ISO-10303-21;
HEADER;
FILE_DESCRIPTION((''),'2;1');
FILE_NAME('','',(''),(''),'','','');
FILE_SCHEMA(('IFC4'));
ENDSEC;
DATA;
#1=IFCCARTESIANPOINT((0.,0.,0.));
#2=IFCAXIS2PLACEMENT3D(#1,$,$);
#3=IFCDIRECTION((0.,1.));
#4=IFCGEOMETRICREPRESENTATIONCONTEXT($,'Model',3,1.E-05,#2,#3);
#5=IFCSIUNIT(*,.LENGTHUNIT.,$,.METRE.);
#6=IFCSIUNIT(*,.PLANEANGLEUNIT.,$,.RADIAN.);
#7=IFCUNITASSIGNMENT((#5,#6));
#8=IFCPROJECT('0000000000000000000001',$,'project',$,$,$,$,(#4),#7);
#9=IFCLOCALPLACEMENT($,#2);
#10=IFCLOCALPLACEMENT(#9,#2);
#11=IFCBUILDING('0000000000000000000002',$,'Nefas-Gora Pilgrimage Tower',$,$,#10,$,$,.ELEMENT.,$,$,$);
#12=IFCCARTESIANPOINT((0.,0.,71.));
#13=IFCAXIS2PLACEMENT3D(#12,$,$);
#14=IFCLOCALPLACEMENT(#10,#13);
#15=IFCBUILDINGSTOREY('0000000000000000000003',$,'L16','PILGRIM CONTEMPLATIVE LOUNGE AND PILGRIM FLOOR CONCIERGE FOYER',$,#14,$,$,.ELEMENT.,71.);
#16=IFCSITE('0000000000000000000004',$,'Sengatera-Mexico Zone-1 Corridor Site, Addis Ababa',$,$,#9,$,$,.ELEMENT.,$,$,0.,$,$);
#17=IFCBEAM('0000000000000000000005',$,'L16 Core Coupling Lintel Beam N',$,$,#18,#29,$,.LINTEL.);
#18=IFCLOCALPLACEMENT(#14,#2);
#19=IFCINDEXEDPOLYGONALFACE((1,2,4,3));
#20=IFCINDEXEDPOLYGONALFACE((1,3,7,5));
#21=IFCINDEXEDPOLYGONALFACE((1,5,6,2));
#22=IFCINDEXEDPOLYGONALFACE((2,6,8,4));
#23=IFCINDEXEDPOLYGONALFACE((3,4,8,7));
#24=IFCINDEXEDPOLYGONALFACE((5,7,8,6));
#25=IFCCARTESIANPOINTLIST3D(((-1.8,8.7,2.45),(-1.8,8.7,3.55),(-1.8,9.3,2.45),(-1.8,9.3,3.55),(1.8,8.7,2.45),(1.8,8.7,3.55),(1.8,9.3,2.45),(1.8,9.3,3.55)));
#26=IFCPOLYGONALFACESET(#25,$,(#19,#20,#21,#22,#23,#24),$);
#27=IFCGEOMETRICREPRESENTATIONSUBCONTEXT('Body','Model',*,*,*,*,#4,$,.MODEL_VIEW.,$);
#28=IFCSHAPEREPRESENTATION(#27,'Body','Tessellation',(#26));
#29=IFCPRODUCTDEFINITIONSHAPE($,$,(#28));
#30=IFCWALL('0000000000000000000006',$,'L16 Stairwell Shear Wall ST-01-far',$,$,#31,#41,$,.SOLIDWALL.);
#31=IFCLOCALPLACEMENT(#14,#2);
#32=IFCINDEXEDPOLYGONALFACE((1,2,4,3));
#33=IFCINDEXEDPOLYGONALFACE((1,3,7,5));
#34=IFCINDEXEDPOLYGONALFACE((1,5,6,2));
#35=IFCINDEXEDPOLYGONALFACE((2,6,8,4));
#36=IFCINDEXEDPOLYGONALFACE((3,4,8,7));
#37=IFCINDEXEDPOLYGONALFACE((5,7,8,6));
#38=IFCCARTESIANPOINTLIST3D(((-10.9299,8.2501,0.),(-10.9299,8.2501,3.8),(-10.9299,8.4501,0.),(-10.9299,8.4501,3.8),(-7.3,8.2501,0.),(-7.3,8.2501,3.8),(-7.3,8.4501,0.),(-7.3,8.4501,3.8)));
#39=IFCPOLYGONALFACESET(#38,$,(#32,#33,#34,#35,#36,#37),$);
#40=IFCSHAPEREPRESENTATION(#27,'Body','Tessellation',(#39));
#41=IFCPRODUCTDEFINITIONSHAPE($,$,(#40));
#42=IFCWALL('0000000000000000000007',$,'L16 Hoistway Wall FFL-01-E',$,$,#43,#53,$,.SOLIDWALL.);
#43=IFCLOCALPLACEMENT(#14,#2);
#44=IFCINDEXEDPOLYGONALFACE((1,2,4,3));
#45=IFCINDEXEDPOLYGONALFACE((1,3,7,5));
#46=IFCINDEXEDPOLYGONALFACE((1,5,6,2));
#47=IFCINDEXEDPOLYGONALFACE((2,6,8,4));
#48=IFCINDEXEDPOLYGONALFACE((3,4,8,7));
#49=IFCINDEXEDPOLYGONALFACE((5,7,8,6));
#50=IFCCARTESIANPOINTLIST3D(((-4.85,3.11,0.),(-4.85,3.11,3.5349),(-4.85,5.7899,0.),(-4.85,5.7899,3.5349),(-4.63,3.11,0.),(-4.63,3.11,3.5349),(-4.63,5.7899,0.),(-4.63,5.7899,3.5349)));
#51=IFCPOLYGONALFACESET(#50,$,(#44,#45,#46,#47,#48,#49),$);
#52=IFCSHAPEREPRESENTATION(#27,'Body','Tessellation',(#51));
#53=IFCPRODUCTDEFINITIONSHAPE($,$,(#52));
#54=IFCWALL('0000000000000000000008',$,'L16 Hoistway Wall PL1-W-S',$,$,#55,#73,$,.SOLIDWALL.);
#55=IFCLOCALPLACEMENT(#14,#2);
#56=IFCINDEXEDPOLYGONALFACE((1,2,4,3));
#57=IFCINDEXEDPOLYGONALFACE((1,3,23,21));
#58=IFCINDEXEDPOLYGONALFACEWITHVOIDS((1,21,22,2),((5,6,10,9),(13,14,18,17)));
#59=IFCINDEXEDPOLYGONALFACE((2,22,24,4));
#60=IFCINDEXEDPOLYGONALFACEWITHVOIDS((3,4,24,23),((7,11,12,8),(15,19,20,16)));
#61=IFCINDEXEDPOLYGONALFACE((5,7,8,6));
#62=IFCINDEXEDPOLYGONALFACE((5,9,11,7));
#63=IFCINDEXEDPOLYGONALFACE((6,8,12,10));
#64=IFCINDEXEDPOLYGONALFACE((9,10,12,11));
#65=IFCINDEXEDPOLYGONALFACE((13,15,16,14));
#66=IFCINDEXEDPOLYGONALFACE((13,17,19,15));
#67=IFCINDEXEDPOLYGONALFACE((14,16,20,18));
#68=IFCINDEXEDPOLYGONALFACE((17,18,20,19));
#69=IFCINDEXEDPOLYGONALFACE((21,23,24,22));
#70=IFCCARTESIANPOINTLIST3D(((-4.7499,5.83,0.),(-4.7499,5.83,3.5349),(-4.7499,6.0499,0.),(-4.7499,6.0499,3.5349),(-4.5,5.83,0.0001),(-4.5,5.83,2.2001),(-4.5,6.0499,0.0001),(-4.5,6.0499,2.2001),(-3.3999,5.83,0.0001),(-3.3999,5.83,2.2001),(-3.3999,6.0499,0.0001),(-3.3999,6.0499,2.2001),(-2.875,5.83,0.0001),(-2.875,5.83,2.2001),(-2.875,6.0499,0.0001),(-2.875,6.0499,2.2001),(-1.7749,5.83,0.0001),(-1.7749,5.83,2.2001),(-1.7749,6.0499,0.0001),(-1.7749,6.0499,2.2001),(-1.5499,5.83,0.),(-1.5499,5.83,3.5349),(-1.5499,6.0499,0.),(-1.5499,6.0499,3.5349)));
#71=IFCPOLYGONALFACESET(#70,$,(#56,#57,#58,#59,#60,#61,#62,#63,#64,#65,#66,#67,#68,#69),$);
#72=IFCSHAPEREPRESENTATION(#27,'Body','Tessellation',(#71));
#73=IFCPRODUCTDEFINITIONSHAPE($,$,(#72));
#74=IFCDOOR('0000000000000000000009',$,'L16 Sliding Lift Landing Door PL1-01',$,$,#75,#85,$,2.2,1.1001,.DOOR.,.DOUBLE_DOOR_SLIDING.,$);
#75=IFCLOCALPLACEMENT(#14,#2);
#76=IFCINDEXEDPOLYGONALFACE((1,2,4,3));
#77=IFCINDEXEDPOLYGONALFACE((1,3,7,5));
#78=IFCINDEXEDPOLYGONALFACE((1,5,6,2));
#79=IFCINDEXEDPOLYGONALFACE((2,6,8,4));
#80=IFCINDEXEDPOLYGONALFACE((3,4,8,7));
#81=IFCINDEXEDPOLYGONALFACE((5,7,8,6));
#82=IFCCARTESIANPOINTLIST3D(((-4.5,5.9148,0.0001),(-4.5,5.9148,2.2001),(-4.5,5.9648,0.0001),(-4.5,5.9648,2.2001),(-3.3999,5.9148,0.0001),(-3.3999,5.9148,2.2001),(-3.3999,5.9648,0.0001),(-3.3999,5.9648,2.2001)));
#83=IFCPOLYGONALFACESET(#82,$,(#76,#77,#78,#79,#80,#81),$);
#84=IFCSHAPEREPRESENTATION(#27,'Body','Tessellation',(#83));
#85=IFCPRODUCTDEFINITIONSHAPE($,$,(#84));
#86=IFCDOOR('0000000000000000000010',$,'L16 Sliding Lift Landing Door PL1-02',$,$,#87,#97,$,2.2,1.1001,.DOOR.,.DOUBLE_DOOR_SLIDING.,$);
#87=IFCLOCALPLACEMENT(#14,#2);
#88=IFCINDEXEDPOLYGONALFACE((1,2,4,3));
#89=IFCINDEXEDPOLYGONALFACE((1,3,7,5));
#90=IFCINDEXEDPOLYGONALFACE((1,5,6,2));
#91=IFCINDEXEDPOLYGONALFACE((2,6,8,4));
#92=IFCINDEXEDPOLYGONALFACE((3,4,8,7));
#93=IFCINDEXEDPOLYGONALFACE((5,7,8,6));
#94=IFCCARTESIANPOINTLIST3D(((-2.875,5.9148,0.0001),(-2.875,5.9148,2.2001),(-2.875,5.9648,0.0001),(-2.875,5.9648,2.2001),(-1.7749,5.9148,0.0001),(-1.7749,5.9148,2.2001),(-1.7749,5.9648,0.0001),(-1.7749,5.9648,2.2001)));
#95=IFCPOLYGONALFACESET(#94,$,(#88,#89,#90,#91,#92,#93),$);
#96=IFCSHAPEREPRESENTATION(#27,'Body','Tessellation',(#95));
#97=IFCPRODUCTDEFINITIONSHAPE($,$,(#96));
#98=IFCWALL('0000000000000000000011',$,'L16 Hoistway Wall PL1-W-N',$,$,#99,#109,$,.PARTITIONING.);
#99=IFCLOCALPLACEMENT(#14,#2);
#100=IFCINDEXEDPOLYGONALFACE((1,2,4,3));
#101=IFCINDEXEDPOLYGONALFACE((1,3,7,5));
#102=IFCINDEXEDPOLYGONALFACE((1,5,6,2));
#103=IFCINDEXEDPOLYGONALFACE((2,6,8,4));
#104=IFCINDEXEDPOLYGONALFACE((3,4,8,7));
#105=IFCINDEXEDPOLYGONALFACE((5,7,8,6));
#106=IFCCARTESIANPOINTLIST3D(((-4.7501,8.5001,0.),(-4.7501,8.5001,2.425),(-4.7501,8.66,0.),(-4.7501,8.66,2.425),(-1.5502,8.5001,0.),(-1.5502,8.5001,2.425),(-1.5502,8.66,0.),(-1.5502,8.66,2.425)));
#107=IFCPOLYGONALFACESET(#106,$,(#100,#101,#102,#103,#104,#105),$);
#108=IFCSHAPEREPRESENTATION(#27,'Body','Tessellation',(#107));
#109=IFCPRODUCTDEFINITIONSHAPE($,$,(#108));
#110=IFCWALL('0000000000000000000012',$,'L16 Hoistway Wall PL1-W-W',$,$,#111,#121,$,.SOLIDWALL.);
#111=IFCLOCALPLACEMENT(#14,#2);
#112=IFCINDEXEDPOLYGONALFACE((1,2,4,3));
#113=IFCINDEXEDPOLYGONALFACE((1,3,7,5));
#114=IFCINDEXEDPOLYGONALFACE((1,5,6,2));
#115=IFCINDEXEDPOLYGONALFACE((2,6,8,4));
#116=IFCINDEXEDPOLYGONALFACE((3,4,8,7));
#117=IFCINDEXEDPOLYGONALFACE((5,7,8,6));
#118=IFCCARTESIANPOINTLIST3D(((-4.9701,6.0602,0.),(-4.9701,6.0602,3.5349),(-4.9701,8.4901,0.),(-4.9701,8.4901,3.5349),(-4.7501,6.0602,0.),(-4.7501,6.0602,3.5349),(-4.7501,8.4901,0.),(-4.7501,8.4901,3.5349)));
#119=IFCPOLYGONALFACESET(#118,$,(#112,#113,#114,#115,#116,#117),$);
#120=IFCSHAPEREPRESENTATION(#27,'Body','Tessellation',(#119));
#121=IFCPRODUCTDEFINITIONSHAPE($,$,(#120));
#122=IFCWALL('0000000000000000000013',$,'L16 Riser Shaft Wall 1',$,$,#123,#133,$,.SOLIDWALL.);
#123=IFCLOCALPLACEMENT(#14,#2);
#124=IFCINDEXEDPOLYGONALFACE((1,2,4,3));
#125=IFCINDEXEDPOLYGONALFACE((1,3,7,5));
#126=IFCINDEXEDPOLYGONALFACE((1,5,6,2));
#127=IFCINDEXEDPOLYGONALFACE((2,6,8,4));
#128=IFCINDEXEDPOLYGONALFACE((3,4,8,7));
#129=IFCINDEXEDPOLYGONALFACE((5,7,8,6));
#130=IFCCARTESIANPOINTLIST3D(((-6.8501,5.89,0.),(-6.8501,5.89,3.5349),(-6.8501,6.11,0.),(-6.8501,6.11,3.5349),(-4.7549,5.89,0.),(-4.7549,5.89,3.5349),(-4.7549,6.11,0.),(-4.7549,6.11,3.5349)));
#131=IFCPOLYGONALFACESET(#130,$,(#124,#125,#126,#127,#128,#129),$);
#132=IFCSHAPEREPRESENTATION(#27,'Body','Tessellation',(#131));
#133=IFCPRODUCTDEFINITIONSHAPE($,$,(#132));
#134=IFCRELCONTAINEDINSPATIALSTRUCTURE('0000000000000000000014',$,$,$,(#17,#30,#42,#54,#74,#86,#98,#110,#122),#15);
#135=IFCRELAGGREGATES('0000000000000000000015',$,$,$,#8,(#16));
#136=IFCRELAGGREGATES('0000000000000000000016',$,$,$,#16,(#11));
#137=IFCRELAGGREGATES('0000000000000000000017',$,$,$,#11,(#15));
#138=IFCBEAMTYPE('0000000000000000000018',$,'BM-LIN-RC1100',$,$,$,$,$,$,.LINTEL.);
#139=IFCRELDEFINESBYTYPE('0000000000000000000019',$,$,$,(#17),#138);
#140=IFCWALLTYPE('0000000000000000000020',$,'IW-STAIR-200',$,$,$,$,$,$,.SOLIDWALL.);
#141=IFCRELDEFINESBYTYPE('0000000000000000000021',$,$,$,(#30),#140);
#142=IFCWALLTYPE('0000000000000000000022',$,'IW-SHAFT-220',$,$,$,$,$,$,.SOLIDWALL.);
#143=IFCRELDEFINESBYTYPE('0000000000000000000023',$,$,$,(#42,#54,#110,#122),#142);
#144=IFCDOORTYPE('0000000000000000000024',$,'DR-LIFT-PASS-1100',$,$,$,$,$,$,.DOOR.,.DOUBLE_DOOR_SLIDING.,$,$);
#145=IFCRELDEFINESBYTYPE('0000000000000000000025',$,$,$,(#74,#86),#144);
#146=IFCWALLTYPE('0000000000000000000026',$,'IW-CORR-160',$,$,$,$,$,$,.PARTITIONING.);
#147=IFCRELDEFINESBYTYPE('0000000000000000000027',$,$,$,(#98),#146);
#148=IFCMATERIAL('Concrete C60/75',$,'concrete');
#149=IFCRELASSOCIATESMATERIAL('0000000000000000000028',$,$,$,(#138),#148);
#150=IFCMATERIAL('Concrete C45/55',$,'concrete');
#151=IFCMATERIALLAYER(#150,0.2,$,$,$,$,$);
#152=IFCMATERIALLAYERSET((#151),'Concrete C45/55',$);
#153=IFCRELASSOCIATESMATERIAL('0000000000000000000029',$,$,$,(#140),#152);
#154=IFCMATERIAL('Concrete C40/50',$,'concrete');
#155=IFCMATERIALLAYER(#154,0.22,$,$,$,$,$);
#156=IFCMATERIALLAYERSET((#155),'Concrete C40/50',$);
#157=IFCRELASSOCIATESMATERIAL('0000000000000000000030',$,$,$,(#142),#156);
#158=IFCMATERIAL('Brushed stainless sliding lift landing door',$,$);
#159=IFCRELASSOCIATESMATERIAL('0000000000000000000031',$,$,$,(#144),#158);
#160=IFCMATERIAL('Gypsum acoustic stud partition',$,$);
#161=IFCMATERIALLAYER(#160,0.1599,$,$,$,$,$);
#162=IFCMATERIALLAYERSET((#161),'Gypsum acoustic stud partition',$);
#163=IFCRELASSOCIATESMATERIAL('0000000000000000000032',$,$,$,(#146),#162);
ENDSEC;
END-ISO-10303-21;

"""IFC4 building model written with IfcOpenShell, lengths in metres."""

from ifc_helpers import new_model, si_unit, direction, frame, frame_2d, origin, origin_2d, place, context, subcontext, project, spatial, rectangle, extrude, source, transform, mapped, material, layer, layer_set, material_profile, profile_set, type_object, element, fill, save


model = new_model("IFC4")

# Units and contexts
model_context = context("Model", 3, precision=1e-05, world=origin(), true_north=direction((0.0, 1.0)))
body_context = subcontext(model_context, "Body", "Model", "MODEL_VIEW")
ifc_project = project(units=[si_unit("LENGTHUNIT", "METRE"), si_unit("PLANEANGLEUNIT", "RADIAN")], contexts=[model_context])

# Site, building, storey
site_placement = place(None, origin())
site = spatial("IfcSite", under=ifc_project, at=site_placement, Name="Sengatera-Mexico Zone-1 Corridor Site, Addis Ababa", CompositionType="ELEMENT", RefElevation=0.0)
building_placement = place(site_placement, origin())
building = spatial("IfcBuilding", under=site, at=building_placement, Name="Nefas-Gora Pilgrimage Tower", CompositionType="ELEMENT")
storey_placement = place(building_placement, frame((0.0, 0.0, 71.0)))
storey = spatial("IfcBuildingStorey", under=building, at=storey_placement, Name="L16", Description="PILGRIM CONTEMPLATIVE LOUNGE AND PILGRIM FLOOR CONCIERGE FOYER", CompositionType="ELEMENT", Elevation=71.0)

# Beam
ifc_material_1 = material(Name="Concrete C60/75", Category="concrete")
ifc_material_profile = material_profile(ifc_material_1, rectangle(XDim=0.6001, YDim=1.1001, at=origin_2d()), Name="RC 600x1100")
ifc_profile_set = profile_set([ifc_material_profile], Name="Concrete C60/75")
beam_type = type_object("IfcBeamType", Name="BM-LIN-RC1100", PredefinedType="LINTEL", material=ifc_profile_set)
shared_shape_1 = source(origin(), body_context, "Body", "SweptSolid", [
    extrude(rectangle(XDim=0.6001, YDim=1.1001, at=origin_2d()), origin(), (0.0, 0.0, 1.0), 3.6001),
])
beam_placement = place(storey_placement, frame((-1.8, 9.0, 3.0), z_axis=(1.0, 0.0, 0.0), x_axis=(0.0, 1.0, 0.0)))
element("IfcBeam", 1, at=beam_placement, inside=storey, type_object=beam_type, Name="L16 Core Coupling Lintel Beam N", PredefinedType="LINTEL", context=body_context, shape_type="MappedRepresentation", body=[
    mapped(shared_shape_1, transform((0.0, 0.0, 0.0), x_axis=(1.0, 0.0, 0.0), y_axis=(0.0, 1.0, 0.0), z_axis=(0.0, 0.0, 1.0), scale=1.0)),
])

# Walls
ifc_material_2 = material(Name="Concrete C45/55", Category="concrete")
ifc_layer_1 = layer(ifc_material_2, 0.2)
ifc_layer_set_1 = layer_set([ifc_layer_1], Name="Concrete C45/55")
wall_type_1 = type_object("IfcWallType", Name="IW-STAIR-200", PredefinedType="SOLIDWALL", material=ifc_layer_set_1)
shared_shape_2 = source(origin(), body_context, "Body", "SweptSolid", [
    extrude(rectangle(XDim=3.6299, YDim=0.2, at=frame_2d((1.8149, 0.0))), origin(), (0.0, 0.0, 1.0), 3.8),
])
wall_1_placement = place(storey_placement, frame((-7.3, 8.3501, 0.0), z_axis=(0.0, 0.0, 1.0), x_axis=(-1.0, 0.0, 0.0)))
element("IfcWall", 2, at=wall_1_placement, inside=storey, type_object=wall_type_1, Name="L16 Stairwell Shear Wall ST-01-far", PredefinedType="SOLIDWALL", context=body_context, shape_type="MappedRepresentation", body=[
    mapped(shared_shape_2, transform((0.0, 0.0, 0.0), x_axis=(1.0, 0.0, 0.0), y_axis=(0.0, 1.0, 0.0), z_axis=(0.0, 0.0, 1.0), scale=1.0)),
])
ifc_material_3 = material(Name="Concrete C40/50", Category="concrete")
ifc_layer_2 = layer(ifc_material_3, 0.22)
ifc_layer_set_2 = layer_set([ifc_layer_2], Name="Concrete C40/50")
wall_type_2 = type_object("IfcWallType", Name="IW-SHAFT-220", PredefinedType="SOLIDWALL", material=ifc_layer_set_2)
shared_shape_3 = source(origin(), body_context, "Body", "SweptSolid", [
    extrude(rectangle(XDim=2.6799, YDim=0.22, at=frame_2d((1.3398, 0.0))), origin(), (0.0, 0.0, 1.0), 3.5349),
])
wall_2_placement = place(storey_placement, frame((-4.74, 3.1101, 0.0), z_axis=(0.0, 0.0, 1.0), x_axis=(0.0, 1.0, 0.0)))
element("IfcWall", 3, at=wall_2_placement, inside=storey, type_object=wall_type_2, Name="L16 Hoistway Wall FFL-01-E", PredefinedType="SOLIDWALL", context=body_context, shape_type="MappedRepresentation", body=[
    mapped(shared_shape_3, transform((0.0, 0.0, 0.0), x_axis=(1.0, 0.0, 0.0), y_axis=(0.0, 1.0, 0.0), z_axis=(0.0, 0.0, 1.0), scale=1.0)),
])

# Wall, openings, doors
shared_shape_4 = source(origin(), body_context, "Body", "SweptSolid", [
    extrude(rectangle(XDim=3.2, YDim=0.22, at=frame_2d((1.6001, 0.0))), origin(), (0.0, 0.0, 1.0), 3.5349),
])
wall_3_placement = place(storey_placement, frame((-4.75, 5.9399, 0.0), z_axis=(0.0, 0.0, 1.0), x_axis=(1.0, 0.0, 0.0)))
wall_3 = element("IfcWall", 4, at=wall_3_placement, inside=storey, type_object=wall_type_2, Name="L16 Hoistway Wall PL1-W-S", PredefinedType="SOLIDWALL", context=body_context, shape_type="MappedRepresentation", body=[
    mapped(shared_shape_4, transform((0.0, 0.0, 0.0), x_axis=(1.0, 0.0, 0.0), y_axis=(0.0, 1.0, 0.0), z_axis=(0.0, 0.0, 1.0), scale=1.0)),
])
opening_1_placement = place(wall_3_placement, frame((0.25, 0.0, 0.0)))
opening_1 = element("IfcOpeningElement", 5, at=opening_1_placement, cuts=wall_3, PredefinedType="OPENING", context=body_context, shape_type="SweptSolid", body=[
    extrude(rectangle(XDim=1.1001, YDim=2.2, at=frame_2d((0.55, 1.1001))), frame((0.0, 0.1199, 0.0), z_axis=(0.0, -1.0, 0.0), x_axis=(1.0, 0.0, 0.0)), (0.0, 0.0, 1.0), 0.24),
])
opening_2_placement = place(wall_3_placement, frame((1.875, 0.0, 0.0)))
opening_2 = element("IfcOpeningElement", 6, at=opening_2_placement, cuts=wall_3, PredefinedType="OPENING", context=body_context, shape_type="SweptSolid", body=[
    extrude(rectangle(XDim=1.1001, YDim=2.2, at=frame_2d((0.55, 1.1001))), frame((0.0, 0.1199, 0.0), z_axis=(0.0, -1.0, 0.0), x_axis=(1.0, 0.0, 0.0)), (0.0, 0.0, 1.0), 0.24),
])
ifc_material_4 = material(Name="Brushed stainless sliding lift landing door")
door_type_1 = type_object("IfcDoorType", Name="DR-LIFT-PASS-1100", OperationType="DOUBLE_DOOR_SLIDING", PredefinedType="DOOR", material=ifc_material_4)
shared_shape_5 = source(origin(), body_context, "Body", "SweptSolid", [
    extrude(rectangle(XDim=1.1001, YDim=2.2, at=frame_2d((0.55, 1.1001))), frame((0.0, 0.0249, 0.0), z_axis=(0.0, -1.0, 0.0), x_axis=(1.0, 0.0, 0.0)), (0.0, 0.0, 1.0), 0.05),
])
door_1_placement = place(opening_1_placement, origin())
door_1 = element("IfcDoor", 7, at=door_1_placement, inside=storey, type_object=door_type_1, Name="L16 Sliding Lift Landing Door PL1-01", OperationType="DOUBLE_DOOR_SLIDING", OverallHeight=2.2, OverallWidth=1.1001, PredefinedType="DOOR", context=body_context, shape_type="MappedRepresentation", body=[
    mapped(shared_shape_5, transform((0.0, 0.0, 0.0), x_axis=(1.0, 0.0, 0.0), y_axis=(0.0, 1.0, 0.0), z_axis=(0.0, 0.0, 1.0), scale=1.0)),
])
fill(opening_1, door_1)
door_2_placement = place(opening_2_placement, origin())
door_2 = element("IfcDoor", 8, at=door_2_placement, inside=storey, type_object=door_type_1, Name="L16 Sliding Lift Landing Door PL1-02", OperationType="DOUBLE_DOOR_SLIDING", OverallHeight=2.2, OverallWidth=1.1001, PredefinedType="DOOR", context=body_context, shape_type="MappedRepresentation", body=[
    mapped(shared_shape_5, transform((0.0, 0.0, 0.0), x_axis=(1.0, 0.0, 0.0), y_axis=(0.0, 1.0, 0.0), z_axis=(0.0, 0.0, 1.0), scale=1.0)),
])
fill(opening_2, door_2)

# Walls
ifc_material_5 = material(Name="Gypsum acoustic stud partition")
ifc_layer_3 = layer(ifc_material_5, 0.1599)
ifc_layer_set_3 = layer_set([ifc_layer_3], Name="Gypsum acoustic stud partition")
wall_type_3 = type_object("IfcWallType", Name="IW-CORR-160", PredefinedType="PARTITIONING", material=ifc_layer_set_3)
shared_shape_6 = source(origin(), body_context, "Body", "SweptSolid", [
    extrude(rectangle(XDim=3.2, YDim=0.1599, at=frame_2d((1.6001, 0.0))), origin(), (0.0, 0.0, 1.0), 2.425),
])
wall_4_placement = place(storey_placement, frame((-1.55, 8.5801, 0.0), z_axis=(0.0, 0.0, 1.0), x_axis=(-1.0, 0.0, 0.0)))
element("IfcWall", 9, at=wall_4_placement, inside=storey, type_object=wall_type_3, Name="L16 Hoistway Wall PL1-W-N", PredefinedType="PARTITIONING", context=body_context, shape_type="MappedRepresentation", body=[
    mapped(shared_shape_6, transform((0.0, 0.0, 0.0), x_axis=(1.0, 0.0, 0.0), y_axis=(0.0, 1.0, 0.0), z_axis=(0.0, 0.0, 1.0), scale=1.0)),
])
shared_shape_7 = source(origin(), body_context, "Body", "SweptSolid", [
    extrude(rectangle(XDim=2.4299, YDim=0.22, at=frame_2d((1.2148, 0.0))), origin(), (0.0, 0.0, 1.0), 3.5349),
])
for number, where, z_axis, x_axis, name in (
    (10, (-4.8601, 8.49, 0.0), (0.0, 0.0, 1.0), (0.0, -1.0, 0.0), "L16 Hoistway Wall PL1-W-W"),
):
    element("IfcWall", number, at=place(storey_placement, frame(where, z_axis=z_axis, x_axis=x_axis)), inside=storey, type_object=wall_type_2, Name=name, PredefinedType="SOLIDWALL", context=body_context, shape_type="MappedRepresentation", body=[
        mapped(shared_shape_7, transform((0.0, 0.0, 0.0), x_axis=(1.0, 0.0, 0.0), y_axis=(0.0, 1.0, 0.0), z_axis=(0.0, 0.0, 1.0), scale=1.0)),
    ])
shared_shape_8 = source(origin(), body_context, "Body", "SweptSolid", [
    extrude(rectangle(XDim=2.0952, YDim=0.22, at=frame_2d((1.0476, 0.0))), origin(), (0.0, 0.0, 1.0), 3.5349),
])
wall_5_placement = place(storey_placement, frame((-6.8501, 6.0, 0.0), z_axis=(0.0, 0.0, 1.0), x_axis=(1.0, 0.0, 0.0)))
element("IfcWall", 11, at=wall_5_placement, inside=storey, type_object=wall_type_2, Name="L16 Riser Shaft Wall 1", PredefinedType="SOLIDWALL", context=body_context, shape_type="MappedRepresentation", body=[
    mapped(shared_shape_8, transform((0.0, 0.0, 0.0), x_axis=(1.0, 0.0, 0.0), y_axis=(0.0, 1.0, 0.0), z_axis=(0.0, 0.0, 1.0), scale=1.0)),
])

save(model, "model.ifc")
